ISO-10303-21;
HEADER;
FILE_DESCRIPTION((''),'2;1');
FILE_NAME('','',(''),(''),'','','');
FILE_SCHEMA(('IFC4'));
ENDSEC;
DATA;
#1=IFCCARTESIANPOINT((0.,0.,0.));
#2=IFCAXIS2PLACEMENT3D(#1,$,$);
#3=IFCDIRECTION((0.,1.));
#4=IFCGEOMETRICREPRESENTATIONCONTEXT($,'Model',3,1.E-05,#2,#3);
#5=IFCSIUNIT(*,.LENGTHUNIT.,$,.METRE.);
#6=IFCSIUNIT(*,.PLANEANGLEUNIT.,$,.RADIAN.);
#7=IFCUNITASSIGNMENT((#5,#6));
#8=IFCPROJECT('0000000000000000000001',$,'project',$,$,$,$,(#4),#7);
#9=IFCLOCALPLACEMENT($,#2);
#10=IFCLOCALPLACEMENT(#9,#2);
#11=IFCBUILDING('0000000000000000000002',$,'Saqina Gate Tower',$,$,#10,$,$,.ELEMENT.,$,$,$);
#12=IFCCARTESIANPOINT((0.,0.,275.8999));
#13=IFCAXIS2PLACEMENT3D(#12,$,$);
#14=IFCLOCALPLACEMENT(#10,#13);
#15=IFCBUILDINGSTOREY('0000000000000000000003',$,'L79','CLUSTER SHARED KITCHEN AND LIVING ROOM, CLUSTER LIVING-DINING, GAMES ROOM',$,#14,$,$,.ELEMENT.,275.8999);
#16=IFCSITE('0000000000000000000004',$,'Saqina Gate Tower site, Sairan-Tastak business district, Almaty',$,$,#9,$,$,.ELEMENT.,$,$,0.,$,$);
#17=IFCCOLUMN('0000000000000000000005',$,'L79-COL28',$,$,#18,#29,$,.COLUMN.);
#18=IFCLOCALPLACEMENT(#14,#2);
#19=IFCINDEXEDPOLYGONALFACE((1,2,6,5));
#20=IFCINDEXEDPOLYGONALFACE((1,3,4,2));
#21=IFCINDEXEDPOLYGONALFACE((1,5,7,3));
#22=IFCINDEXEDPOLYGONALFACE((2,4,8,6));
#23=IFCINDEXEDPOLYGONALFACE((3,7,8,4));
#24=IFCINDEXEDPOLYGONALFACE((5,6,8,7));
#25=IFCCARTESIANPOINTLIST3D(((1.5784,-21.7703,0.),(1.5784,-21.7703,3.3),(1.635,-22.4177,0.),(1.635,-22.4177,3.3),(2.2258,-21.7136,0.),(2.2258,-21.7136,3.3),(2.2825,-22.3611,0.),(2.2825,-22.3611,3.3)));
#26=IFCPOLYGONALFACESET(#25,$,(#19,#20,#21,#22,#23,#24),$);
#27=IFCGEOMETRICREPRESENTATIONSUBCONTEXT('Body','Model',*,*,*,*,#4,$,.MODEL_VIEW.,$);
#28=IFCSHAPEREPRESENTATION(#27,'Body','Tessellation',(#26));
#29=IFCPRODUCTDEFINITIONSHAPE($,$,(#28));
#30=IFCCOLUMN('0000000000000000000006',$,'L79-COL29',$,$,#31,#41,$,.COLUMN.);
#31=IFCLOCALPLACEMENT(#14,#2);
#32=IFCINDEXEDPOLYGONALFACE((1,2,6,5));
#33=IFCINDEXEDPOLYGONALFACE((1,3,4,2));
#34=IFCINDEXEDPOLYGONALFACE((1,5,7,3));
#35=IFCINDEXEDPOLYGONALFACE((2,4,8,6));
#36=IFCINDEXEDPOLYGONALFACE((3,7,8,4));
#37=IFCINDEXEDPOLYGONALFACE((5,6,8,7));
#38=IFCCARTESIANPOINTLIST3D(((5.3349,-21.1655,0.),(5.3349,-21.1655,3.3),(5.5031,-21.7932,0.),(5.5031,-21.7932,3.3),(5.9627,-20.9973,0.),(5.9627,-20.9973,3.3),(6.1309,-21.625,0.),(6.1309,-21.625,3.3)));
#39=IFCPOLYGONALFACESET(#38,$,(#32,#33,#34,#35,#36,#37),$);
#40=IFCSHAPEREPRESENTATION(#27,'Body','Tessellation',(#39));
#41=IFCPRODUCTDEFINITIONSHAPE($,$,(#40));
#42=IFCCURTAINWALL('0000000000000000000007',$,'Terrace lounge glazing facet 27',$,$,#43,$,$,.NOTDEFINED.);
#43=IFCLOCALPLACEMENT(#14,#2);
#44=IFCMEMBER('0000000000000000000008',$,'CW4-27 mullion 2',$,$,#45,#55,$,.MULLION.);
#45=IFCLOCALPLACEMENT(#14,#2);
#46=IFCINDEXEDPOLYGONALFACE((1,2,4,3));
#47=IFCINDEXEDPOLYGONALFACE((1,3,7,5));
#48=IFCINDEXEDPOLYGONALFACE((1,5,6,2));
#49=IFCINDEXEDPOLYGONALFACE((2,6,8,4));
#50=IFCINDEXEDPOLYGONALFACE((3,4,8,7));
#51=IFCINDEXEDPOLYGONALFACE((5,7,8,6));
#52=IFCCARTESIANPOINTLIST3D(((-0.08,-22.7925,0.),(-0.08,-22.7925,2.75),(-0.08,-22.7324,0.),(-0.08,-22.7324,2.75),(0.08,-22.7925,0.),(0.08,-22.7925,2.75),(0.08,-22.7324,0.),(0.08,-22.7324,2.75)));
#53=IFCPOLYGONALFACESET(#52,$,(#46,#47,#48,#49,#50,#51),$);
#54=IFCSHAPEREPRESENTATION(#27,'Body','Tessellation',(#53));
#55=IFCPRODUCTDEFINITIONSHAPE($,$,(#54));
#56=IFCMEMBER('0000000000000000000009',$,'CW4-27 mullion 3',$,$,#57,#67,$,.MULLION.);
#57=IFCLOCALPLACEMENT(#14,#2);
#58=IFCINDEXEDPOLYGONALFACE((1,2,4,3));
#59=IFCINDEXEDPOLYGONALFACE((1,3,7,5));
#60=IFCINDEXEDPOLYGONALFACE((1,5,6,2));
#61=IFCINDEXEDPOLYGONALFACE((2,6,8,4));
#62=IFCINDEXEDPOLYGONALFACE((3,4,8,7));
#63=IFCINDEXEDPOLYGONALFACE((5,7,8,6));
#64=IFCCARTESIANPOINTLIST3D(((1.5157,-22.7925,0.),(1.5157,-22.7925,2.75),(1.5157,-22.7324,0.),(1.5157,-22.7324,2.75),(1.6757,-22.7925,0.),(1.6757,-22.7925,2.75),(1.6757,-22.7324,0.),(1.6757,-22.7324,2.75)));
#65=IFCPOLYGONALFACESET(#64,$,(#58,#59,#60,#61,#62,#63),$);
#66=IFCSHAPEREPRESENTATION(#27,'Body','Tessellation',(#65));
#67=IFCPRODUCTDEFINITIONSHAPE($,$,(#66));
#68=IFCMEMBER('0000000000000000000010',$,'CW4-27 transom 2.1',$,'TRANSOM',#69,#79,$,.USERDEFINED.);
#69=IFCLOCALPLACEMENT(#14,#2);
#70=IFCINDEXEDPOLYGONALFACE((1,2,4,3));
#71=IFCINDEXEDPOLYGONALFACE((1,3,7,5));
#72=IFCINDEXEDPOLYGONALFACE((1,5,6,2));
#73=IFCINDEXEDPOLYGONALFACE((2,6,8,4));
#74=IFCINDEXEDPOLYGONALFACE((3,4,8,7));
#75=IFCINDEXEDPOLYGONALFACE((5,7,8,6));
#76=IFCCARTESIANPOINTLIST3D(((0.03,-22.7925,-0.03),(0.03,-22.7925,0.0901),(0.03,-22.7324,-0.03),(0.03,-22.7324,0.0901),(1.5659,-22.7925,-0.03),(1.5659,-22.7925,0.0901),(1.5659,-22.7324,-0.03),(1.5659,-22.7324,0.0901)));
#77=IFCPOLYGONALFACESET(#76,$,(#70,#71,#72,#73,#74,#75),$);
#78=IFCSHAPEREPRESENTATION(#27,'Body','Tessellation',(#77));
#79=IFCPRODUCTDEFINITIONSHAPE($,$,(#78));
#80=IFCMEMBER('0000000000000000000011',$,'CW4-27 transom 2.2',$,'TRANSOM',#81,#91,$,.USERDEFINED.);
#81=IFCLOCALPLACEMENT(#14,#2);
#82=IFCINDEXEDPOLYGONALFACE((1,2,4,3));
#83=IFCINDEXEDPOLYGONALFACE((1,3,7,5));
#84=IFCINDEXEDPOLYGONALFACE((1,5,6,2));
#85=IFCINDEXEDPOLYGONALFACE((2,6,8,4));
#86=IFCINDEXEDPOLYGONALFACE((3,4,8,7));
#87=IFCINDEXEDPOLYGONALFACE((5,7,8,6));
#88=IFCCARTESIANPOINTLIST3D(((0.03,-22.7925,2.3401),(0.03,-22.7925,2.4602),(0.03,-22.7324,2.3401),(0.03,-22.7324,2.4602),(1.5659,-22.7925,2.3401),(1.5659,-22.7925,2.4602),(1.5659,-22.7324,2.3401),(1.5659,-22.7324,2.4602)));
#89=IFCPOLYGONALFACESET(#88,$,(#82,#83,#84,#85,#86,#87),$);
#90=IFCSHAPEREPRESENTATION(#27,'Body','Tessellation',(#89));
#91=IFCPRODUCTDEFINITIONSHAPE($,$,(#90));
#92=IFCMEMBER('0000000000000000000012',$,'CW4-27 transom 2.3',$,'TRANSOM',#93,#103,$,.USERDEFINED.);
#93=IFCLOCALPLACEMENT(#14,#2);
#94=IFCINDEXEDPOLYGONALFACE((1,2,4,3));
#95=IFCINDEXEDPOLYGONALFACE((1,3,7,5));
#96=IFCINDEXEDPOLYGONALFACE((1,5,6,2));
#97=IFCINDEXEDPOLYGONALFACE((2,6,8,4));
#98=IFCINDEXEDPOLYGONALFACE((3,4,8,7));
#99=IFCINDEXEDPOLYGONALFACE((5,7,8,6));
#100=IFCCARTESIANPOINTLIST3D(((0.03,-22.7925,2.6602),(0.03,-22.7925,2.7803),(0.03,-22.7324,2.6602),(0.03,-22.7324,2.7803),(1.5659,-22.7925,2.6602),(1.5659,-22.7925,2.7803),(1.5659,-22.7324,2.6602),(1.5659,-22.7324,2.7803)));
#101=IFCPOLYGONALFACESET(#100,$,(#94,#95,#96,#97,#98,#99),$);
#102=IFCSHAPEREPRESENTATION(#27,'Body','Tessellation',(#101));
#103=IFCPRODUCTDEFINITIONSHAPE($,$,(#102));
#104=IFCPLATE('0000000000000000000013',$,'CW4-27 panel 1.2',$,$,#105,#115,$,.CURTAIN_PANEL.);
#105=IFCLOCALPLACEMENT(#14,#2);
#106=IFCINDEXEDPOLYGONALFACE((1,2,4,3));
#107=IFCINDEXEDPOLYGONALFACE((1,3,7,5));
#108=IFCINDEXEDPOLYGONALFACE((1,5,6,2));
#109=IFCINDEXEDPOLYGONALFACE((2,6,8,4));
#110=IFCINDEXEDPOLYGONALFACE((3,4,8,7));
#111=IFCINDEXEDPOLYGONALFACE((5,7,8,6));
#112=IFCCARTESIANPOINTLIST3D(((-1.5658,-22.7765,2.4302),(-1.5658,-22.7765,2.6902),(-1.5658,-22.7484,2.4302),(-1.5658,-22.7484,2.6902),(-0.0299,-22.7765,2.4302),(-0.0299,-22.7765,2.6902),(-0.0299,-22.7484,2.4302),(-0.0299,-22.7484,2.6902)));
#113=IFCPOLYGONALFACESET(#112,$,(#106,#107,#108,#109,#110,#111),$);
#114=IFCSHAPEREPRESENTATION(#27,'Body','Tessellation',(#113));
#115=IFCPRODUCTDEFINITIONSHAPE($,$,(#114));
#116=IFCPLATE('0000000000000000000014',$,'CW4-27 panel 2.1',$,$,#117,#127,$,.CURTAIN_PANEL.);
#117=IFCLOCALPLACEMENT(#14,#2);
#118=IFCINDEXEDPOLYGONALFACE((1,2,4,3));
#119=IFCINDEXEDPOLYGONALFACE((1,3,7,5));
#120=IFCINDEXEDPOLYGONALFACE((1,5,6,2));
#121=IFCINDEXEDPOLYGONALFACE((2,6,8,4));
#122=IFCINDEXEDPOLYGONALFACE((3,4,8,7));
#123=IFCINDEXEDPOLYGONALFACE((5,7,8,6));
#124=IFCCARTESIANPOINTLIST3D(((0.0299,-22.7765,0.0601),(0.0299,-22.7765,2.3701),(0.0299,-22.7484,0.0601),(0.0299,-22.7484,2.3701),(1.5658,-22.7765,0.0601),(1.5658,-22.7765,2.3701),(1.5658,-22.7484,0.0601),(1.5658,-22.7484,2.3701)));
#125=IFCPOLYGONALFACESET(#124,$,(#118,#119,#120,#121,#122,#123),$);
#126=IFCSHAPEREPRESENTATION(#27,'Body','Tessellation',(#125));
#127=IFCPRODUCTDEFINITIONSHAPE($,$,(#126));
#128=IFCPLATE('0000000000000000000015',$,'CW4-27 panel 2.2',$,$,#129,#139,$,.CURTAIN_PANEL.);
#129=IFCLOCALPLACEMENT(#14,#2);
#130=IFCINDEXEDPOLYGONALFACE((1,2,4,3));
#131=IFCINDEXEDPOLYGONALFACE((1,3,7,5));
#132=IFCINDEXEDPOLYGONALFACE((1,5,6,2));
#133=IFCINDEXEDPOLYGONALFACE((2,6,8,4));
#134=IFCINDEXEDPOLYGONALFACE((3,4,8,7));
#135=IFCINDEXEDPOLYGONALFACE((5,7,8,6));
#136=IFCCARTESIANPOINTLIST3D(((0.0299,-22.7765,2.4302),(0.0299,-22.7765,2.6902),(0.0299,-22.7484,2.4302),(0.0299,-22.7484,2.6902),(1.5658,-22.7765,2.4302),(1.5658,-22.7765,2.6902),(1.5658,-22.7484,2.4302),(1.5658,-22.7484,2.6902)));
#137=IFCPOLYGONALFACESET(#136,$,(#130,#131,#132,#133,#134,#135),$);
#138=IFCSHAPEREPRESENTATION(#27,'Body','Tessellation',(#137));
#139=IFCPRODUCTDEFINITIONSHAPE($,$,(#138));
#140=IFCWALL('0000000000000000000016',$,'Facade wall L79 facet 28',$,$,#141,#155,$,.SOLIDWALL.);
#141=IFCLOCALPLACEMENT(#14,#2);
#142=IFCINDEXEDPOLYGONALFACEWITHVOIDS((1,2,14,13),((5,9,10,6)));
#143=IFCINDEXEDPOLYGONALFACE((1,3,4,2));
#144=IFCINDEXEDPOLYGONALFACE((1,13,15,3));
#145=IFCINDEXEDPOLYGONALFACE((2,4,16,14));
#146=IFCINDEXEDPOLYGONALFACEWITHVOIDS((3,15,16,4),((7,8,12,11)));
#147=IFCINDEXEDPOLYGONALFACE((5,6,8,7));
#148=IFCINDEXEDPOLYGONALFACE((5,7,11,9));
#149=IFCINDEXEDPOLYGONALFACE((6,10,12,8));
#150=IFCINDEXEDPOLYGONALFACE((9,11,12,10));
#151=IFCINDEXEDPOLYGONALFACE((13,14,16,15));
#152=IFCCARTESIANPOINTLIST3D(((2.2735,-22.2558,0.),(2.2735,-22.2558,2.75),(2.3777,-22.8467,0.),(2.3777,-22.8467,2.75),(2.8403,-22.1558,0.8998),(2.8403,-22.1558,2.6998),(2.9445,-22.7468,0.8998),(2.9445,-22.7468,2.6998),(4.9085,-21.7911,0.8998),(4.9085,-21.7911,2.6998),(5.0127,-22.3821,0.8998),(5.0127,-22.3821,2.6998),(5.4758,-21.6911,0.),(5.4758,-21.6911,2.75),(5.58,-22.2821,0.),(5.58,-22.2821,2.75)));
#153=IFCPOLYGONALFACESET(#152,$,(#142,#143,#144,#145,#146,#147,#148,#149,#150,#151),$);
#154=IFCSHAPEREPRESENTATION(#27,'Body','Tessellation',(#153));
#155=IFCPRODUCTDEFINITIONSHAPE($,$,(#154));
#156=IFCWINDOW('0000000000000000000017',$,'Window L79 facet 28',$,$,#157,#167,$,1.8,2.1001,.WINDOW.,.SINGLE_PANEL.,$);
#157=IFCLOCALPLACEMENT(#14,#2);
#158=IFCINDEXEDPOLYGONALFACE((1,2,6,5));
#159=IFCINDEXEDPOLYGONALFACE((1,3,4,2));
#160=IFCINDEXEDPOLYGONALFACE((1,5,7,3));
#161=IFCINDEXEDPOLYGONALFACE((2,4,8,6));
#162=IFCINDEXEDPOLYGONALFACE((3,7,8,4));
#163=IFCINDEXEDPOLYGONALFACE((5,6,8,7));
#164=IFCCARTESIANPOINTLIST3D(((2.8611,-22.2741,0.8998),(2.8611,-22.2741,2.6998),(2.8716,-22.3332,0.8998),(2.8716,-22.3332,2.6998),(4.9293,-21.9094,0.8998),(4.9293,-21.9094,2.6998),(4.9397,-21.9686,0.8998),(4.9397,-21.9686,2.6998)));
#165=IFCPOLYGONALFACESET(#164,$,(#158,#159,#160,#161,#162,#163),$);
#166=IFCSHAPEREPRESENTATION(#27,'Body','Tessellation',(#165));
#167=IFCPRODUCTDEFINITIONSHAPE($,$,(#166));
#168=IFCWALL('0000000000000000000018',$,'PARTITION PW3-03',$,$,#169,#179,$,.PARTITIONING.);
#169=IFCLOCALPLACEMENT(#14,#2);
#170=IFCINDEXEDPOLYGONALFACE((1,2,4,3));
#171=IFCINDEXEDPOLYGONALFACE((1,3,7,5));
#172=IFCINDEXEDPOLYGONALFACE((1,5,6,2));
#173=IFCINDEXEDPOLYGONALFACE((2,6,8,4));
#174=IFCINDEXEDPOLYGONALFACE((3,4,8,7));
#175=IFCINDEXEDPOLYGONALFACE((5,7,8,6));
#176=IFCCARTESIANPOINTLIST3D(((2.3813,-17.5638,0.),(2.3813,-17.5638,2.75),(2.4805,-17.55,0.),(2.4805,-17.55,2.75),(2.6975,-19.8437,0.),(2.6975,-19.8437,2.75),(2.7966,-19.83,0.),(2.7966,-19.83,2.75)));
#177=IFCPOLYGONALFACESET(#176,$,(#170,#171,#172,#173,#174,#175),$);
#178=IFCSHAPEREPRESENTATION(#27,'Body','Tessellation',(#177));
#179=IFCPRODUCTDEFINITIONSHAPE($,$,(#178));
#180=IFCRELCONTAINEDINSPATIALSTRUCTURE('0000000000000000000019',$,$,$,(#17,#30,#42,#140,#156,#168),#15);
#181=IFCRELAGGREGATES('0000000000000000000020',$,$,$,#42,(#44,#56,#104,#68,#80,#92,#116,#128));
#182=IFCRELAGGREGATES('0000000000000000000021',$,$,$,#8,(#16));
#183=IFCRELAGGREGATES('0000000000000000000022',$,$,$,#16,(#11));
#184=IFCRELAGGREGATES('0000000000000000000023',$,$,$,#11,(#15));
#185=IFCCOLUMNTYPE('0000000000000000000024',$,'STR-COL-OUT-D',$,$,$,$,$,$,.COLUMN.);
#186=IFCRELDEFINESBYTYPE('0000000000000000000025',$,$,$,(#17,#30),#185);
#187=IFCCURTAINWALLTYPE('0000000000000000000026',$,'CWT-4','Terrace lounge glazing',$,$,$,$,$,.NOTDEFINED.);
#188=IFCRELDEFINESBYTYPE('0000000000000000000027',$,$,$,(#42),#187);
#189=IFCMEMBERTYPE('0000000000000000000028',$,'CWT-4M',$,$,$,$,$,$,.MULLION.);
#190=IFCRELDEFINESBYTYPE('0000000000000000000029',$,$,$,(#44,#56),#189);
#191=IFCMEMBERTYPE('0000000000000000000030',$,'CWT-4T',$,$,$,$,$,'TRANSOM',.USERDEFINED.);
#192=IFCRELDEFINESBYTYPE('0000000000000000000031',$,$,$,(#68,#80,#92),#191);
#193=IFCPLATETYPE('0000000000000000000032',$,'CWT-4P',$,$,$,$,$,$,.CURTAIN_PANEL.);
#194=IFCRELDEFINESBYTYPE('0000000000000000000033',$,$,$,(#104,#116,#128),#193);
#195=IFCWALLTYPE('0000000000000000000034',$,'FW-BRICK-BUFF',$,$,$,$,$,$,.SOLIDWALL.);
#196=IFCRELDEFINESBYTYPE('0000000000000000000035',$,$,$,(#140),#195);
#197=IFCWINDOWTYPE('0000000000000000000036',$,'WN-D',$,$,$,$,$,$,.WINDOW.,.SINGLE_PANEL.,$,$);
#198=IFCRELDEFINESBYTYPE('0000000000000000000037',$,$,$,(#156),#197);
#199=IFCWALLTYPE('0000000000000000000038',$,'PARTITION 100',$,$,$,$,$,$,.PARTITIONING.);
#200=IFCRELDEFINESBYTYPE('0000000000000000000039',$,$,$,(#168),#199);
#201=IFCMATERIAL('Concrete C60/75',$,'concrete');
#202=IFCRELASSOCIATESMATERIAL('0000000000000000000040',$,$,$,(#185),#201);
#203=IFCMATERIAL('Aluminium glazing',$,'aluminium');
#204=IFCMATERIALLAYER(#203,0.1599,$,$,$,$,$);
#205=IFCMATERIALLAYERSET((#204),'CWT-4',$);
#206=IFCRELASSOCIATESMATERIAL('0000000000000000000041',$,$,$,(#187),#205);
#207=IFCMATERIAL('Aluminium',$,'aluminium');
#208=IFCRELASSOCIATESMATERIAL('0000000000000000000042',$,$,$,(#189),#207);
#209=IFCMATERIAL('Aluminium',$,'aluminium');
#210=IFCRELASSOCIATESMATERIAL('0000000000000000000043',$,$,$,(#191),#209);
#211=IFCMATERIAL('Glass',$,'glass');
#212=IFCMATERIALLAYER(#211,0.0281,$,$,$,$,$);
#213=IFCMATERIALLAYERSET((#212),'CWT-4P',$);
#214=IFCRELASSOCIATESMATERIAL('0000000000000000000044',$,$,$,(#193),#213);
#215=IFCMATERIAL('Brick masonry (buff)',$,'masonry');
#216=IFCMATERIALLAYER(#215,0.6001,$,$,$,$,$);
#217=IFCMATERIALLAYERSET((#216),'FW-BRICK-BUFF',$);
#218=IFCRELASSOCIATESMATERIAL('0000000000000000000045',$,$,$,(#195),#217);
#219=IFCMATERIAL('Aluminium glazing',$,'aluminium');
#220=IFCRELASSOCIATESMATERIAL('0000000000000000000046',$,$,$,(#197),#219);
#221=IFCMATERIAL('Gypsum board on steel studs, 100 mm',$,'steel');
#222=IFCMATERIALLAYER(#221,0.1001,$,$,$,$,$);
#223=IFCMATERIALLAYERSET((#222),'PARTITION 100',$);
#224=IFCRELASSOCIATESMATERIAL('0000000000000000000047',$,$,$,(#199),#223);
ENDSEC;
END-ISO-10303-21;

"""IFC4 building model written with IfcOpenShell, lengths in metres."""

from ifc_helpers import new_model, si_unit, direction, frame, frame_2d, origin, origin_2d, place, context, subcontext, project, spatial, rectangle, extrude, material, layer, layer_set, material_profile, profile_set, type_object, element, fill, aggregate, save


model = new_model("IFC4")

# Units and contexts
model_context = context("Model", 3, precision=1e-05, world=origin(), true_north=direction((0.0, 1.0)))
body_context = subcontext(model_context, "Body", "Model", "MODEL_VIEW")
ifc_project = project(units=[si_unit("LENGTHUNIT", "METRE"), si_unit("PLANEANGLEUNIT", "RADIAN")], contexts=[model_context])

# Site, building, storey
site_placement = place(None, origin())
site = spatial("IfcSite", under=ifc_project, at=site_placement, Name="Saqina Gate Tower site, Sairan-Tastak business district, Almaty", CompositionType="ELEMENT", RefElevation=0.0)
building_placement = place(site_placement, origin())
building = spatial("IfcBuilding", under=site, at=building_placement, Name="Saqina Gate Tower", CompositionType="ELEMENT")
storey_placement = place(building_placement, frame((0.0, 0.0, 275.8999)))
storey = spatial("IfcBuildingStorey", under=building, at=storey_placement, Name="L79", Description="CLUSTER SHARED KITCHEN AND LIVING ROOM, CLUSTER LIVING-DINING, GAMES ROOM", CompositionType="ELEMENT", Elevation=275.8999)

# Columns
ifc_material_1 = material(Name="Concrete C60/75", Category="concrete")
ifc_material_profile_1 = material_profile(ifc_material_1, rectangle(XDim=0.6499, YDim=0.6499, at=origin_2d()), Name="RC 650x650")
ifc_profile_set_1 = profile_set([ifc_material_profile_1], Name="Concrete C60/75")
column_type = type_object("IfcColumnType", Name="STR-COL-OUT-D", PredefinedType="COLUMN", material=ifc_profile_set_1)
for number, where, z_axis, x_axis, name in (
    (1, (1.9304, -22.0657, 0.0), (0.0, 0.0, 1.0), (0.087156, -0.996195, 0.0), "L79-COL28"),
    (2, (5.7329, -21.3953, 0.0), (0.0, 0.0, 1.0), (0.258819, -0.965926, 0.0), "L79-COL29"),
):
    element("IfcColumn", number, at=place(storey_placement, frame(where, z_axis=z_axis, x_axis=x_axis)), inside=storey, type_object=column_type, Name=name, PredefinedType="COLUMN", context=body_context, shape_type="SweptSolid", body=[
        extrude(rectangle(XDim=0.6499, YDim=0.6499, at=origin_2d()), origin(), (0.0, 0.0, 1.0), 3.3),
    ])

# Curtain wall, members, plates
ifc_material_2 = material(Name="Aluminium glazing", Category="aluminium")
ifc_layer_1 = layer(ifc_material_2, 0.1599)
ifc_layer_set_1 = layer_set([ifc_layer_1], Name="CWT-4")
curtain_wall_type = type_object("IfcCurtainWallType", Name="CWT-4", Description="Terrace lounge glazing", PredefinedType="NOTDEFINED", material=ifc_layer_set_1)
curtain_wall_placement = place(storey_placement, origin())
curtain_wall = element("IfcCurtainWall", 3, at=curtain_wall_placement, inside=storey, type_object=curtain_wall_type, Name="Terrace lounge glazing facet 27", PredefinedType="NOTDEFINED")
ifc_material_3 = material(Name="Aluminium", Category="aluminium")
ifc_material_profile_2 = material_profile(ifc_material_3, rectangle(XDim=0.0601, YDim=0.1599, at=origin_2d()), Name="Aluminium 60x160")
ifc_profile_set_2 = profile_set([ifc_material_profile_2], Name="Aluminium")
member_type_1 = type_object("IfcMemberType", Name="CWT-4M", PredefinedType="MULLION", material=ifc_profile_set_2)
member_1_placement = place(storey_placement, frame((0.0, -22.7625, 0.0), z_axis=(0.0, 0.0, 1.0), x_axis=(0.0, 1.0, 0.0)))
member_1 = element("IfcMember", 4, at=member_1_placement, type_object=member_type_1, Name="CW4-27 mullion 2", PredefinedType="MULLION", context=body_context, shape_type="SweptSolid", body=[
    extrude(rectangle(XDim=0.0601, YDim=0.1599, at=origin_2d()), origin(), (0.0, 0.0, 1.0), 2.75),
])
member_2_placement = place(storey_placement, frame((1.5957, -22.7625, 0.0), z_axis=(0.0, 0.0, 1.0), x_axis=(0.0, 1.0, 0.0)))
member_2 = element("IfcMember", 5, at=member_2_placement, type_object=member_type_1, Name="CW4-27 mullion 3", PredefinedType="MULLION", context=body_context, shape_type="SweptSolid", body=[
    extrude(rectangle(XDim=0.0601, YDim=0.1599, at=origin_2d()), origin(), (0.0, 0.0, 1.0), 2.75),
])
ifc_material_4 = material(Name="Aluminium", Category="aluminium")
ifc_material_profile_3 = material_profile(ifc_material_4, rectangle(XDim=0.0601, YDim=0.1201, at=origin_2d()), Name="Aluminium 60x120")
ifc_profile_set_3 = profile_set([ifc_material_profile_3], Name="Aluminium")
member_type_2 = type_object("IfcMemberType", Name="CWT-4T", ElementType="TRANSOM", PredefinedType="USERDEFINED", material=ifc_profile_set_3)
member_3_placement = place(storey_placement, frame((0.03, -22.7625, 0.03), z_axis=(1.0, 0.0, 0.0), x_axis=(0.0, 1.0, 0.0)))
member_3 = element("IfcMember", 6, at=member_3_placement, type_object=member_type_2, Name="CW4-27 transom 2.1", ObjectType="TRANSOM", PredefinedType="USERDEFINED", context=body_context, shape_type="SweptSolid", body=[
    extrude(rectangle(XDim=0.0601, YDim=0.1201, at=origin_2d()), origin(), (0.0, 0.0, 1.0), 1.5359),
])
member_4_placement = place(storey_placement, frame((0.03, -22.7625, 2.4001), z_axis=(1.0, 0.0, 0.0), x_axis=(0.0, 1.0, 0.0)))
member_4 = element("IfcMember", 7, at=member_4_placement, type_object=member_type_2, Name="CW4-27 transom 2.2", ObjectType="TRANSOM", PredefinedType="USERDEFINED", context=body_context, shape_type="SweptSolid", body=[
    extrude(rectangle(XDim=0.0601, YDim=0.1201, at=origin_2d()), origin(), (0.0, 0.0, 1.0), 1.5359),
])
member_5_placement = place(storey_placement, frame((0.03, -22.7625, 2.7202), z_axis=(1.0, 0.0, 0.0), x_axis=(0.0, 1.0, 0.0)))
member_5 = element("IfcMember", 8, at=member_5_placement, type_object=member_type_2, Name="CW4-27 transom 2.3", ObjectType="TRANSOM", PredefinedType="USERDEFINED", context=body_context, shape_type="SweptSolid", body=[
    extrude(rectangle(XDim=0.0601, YDim=0.1201, at=origin_2d()), origin(), (0.0, 0.0, 1.0), 1.5359),
])
ifc_material_5 = material(Name="Glass", Category="glass")
ifc_layer_2 = layer(ifc_material_5, 0.0281)
ifc_layer_set_2 = layer_set([ifc_layer_2], Name="CWT-4P")
plate_type = type_object("IfcPlateType", Name="CWT-4P", PredefinedType="CURTAIN_PANEL", material=ifc_layer_set_2)
plate_1_placement = place(storey_placement, frame((-0.7979, -22.7625, 2.4302), z_axis=(0.0, 0.0, 1.0), x_axis=(1.0, 0.0, 0.0)))
plate_1 = element("IfcPlate", 9, at=plate_1_placement, type_object=plate_type, Name="CW4-27 panel 1.2", PredefinedType="CURTAIN_PANEL", context=body_context, shape_type="SweptSolid", body=[
    extrude(rectangle(XDim=1.5359, YDim=0.0281, at=origin_2d()), origin(), (0.0, 0.0, 1.0), 0.26),
])
plate_2_placement = place(storey_placement, frame((0.7979, -22.7625, 0.0601), z_axis=(0.0, 0.0, 1.0), x_axis=(1.0, 0.0, 0.0)))
plate_2 = element("IfcPlate", 10, at=plate_2_placement, type_object=plate_type, Name="CW4-27 panel 2.1", PredefinedType="CURTAIN_PANEL", context=body_context, shape_type="SweptSolid", body=[
    extrude(rectangle(XDim=1.5359, YDim=0.0281, at=origin_2d()), origin(), (0.0, 0.0, 1.0), 2.3101),
])
plate_3_placement = place(storey_placement, frame((0.7979, -22.7625, 2.4302), z_axis=(0.0, 0.0, 1.0), x_axis=(1.0, 0.0, 0.0)))
plate_3 = element("IfcPlate", 11, at=plate_3_placement, type_object=plate_type, Name="CW4-27 panel 2.2", PredefinedType="CURTAIN_PANEL", context=body_context, shape_type="SweptSolid", body=[
    extrude(rectangle(XDim=1.5359, YDim=0.0281, at=origin_2d()), origin(), (0.0, 0.0, 1.0), 0.26),
])
aggregate(curtain_wall, [member_1, member_2, plate_1, member_3, member_4, member_5, plate_2, plate_3])

# Wall, opening, window
ifc_material_6 = material(Name="Brick masonry (buff)", Category="masonry")
ifc_layer_3 = layer(ifc_material_6, 0.6001)
ifc_layer_set_3 = layer_set([ifc_layer_3], Name="FW-BRICK-BUFF")
wall_type_1 = type_object("IfcWallType", Name="FW-BRICK-BUFF", PredefinedType="SOLIDWALL", material=ifc_layer_set_3)
wall_1_placement = place(storey_placement, frame((2.3254, -22.5513, 0.0), z_axis=(0.0, 0.0, 1.0), x_axis=(0.984806, 0.173657, 0.0)))
wall_1 = element("IfcWall", 12, at=wall_1_placement, inside=storey, type_object=wall_type_1, Name="Facade wall L79 facet 28", PredefinedType="SOLIDWALL", context=body_context, shape_type="SweptSolid", body=[
    extrude(rectangle(XDim=3.2517, YDim=0.6001, at=frame_2d((1.626, 0.0))), origin(), (0.0, 0.0, 1.0), 2.75),
])
opening_1_placement = place(wall_1_placement, frame((0.5757, 0.0, 0.8999)))
opening_1 = element("IfcOpeningElement", 13, at=opening_1_placement, cuts=wall_1, PredefinedType="OPENING", context=body_context, shape_type="SweptSolid", body=[
    extrude(rectangle(XDim=2.1001, YDim=1.8, at=frame_2d((1.05, 0.8999))), frame((0.0, 0.312, 0.0), z_axis=(0.0, -1.0, 0.0), x_axis=(1.0, 0.0, 0.0)), (0.0, 0.0, 1.0), 0.624),
])
ifc_material_7 = material(Name="Aluminium glazing", Category="aluminium")
window_type = type_object("IfcWindowType", Name="WN-D", PartitioningType="SINGLE_PANEL", PredefinedType="WINDOW", material=ifc_material_7)
window_placement = place(opening_1_placement, origin())
window = element("IfcWindow", 14, at=window_placement, inside=storey, type_object=window_type, Name="Window L79 facet 28", OverallHeight=1.8, OverallWidth=2.1001, PartitioningType="SINGLE_PANEL", PredefinedType="WINDOW", context=body_context, shape_type="SweptSolid", body=[
    extrude(rectangle(XDim=2.1001, YDim=1.8, at=frame_2d((1.05, 0.8999))), frame((0.0, 0.1799, 0.0), z_axis=(0.0, -1.0, 0.0), x_axis=(1.0, 0.0, 0.0)), (0.0, 0.0, 1.0), 0.0601),
])
fill(opening_1, window)

# Wall
ifc_material_8 = material(Name="Gypsum board on steel studs, 100 mm", Category="steel")
ifc_layer_4 = layer(ifc_material_8, 0.1001)
ifc_layer_set_4 = layer_set([ifc_layer_4], Name="PARTITION 100")
wall_type_2 = type_object("IfcWallType", Name="PARTITION 100", PredefinedType="PARTITIONING", material=ifc_layer_set_4)
wall_2_placement = place(storey_placement, frame((2.4309, -17.5569, 0.0), z_axis=(0.0, 0.0, 1.0), x_axis=(0.137352, -0.990522, 0.0)))
element("IfcWall", 15, at=wall_2_placement, inside=storey, type_object=wall_type_2, Name="PARTITION PW3-03", PredefinedType="PARTITIONING", context=body_context, shape_type="SweptSolid", body=[
    extrude(rectangle(XDim=2.3018, YDim=0.1001, at=frame_2d((1.1509, 0.0))), origin(), (0.0, 0.0, 1.0), 2.75),
])

save(model, "model.ifc")
